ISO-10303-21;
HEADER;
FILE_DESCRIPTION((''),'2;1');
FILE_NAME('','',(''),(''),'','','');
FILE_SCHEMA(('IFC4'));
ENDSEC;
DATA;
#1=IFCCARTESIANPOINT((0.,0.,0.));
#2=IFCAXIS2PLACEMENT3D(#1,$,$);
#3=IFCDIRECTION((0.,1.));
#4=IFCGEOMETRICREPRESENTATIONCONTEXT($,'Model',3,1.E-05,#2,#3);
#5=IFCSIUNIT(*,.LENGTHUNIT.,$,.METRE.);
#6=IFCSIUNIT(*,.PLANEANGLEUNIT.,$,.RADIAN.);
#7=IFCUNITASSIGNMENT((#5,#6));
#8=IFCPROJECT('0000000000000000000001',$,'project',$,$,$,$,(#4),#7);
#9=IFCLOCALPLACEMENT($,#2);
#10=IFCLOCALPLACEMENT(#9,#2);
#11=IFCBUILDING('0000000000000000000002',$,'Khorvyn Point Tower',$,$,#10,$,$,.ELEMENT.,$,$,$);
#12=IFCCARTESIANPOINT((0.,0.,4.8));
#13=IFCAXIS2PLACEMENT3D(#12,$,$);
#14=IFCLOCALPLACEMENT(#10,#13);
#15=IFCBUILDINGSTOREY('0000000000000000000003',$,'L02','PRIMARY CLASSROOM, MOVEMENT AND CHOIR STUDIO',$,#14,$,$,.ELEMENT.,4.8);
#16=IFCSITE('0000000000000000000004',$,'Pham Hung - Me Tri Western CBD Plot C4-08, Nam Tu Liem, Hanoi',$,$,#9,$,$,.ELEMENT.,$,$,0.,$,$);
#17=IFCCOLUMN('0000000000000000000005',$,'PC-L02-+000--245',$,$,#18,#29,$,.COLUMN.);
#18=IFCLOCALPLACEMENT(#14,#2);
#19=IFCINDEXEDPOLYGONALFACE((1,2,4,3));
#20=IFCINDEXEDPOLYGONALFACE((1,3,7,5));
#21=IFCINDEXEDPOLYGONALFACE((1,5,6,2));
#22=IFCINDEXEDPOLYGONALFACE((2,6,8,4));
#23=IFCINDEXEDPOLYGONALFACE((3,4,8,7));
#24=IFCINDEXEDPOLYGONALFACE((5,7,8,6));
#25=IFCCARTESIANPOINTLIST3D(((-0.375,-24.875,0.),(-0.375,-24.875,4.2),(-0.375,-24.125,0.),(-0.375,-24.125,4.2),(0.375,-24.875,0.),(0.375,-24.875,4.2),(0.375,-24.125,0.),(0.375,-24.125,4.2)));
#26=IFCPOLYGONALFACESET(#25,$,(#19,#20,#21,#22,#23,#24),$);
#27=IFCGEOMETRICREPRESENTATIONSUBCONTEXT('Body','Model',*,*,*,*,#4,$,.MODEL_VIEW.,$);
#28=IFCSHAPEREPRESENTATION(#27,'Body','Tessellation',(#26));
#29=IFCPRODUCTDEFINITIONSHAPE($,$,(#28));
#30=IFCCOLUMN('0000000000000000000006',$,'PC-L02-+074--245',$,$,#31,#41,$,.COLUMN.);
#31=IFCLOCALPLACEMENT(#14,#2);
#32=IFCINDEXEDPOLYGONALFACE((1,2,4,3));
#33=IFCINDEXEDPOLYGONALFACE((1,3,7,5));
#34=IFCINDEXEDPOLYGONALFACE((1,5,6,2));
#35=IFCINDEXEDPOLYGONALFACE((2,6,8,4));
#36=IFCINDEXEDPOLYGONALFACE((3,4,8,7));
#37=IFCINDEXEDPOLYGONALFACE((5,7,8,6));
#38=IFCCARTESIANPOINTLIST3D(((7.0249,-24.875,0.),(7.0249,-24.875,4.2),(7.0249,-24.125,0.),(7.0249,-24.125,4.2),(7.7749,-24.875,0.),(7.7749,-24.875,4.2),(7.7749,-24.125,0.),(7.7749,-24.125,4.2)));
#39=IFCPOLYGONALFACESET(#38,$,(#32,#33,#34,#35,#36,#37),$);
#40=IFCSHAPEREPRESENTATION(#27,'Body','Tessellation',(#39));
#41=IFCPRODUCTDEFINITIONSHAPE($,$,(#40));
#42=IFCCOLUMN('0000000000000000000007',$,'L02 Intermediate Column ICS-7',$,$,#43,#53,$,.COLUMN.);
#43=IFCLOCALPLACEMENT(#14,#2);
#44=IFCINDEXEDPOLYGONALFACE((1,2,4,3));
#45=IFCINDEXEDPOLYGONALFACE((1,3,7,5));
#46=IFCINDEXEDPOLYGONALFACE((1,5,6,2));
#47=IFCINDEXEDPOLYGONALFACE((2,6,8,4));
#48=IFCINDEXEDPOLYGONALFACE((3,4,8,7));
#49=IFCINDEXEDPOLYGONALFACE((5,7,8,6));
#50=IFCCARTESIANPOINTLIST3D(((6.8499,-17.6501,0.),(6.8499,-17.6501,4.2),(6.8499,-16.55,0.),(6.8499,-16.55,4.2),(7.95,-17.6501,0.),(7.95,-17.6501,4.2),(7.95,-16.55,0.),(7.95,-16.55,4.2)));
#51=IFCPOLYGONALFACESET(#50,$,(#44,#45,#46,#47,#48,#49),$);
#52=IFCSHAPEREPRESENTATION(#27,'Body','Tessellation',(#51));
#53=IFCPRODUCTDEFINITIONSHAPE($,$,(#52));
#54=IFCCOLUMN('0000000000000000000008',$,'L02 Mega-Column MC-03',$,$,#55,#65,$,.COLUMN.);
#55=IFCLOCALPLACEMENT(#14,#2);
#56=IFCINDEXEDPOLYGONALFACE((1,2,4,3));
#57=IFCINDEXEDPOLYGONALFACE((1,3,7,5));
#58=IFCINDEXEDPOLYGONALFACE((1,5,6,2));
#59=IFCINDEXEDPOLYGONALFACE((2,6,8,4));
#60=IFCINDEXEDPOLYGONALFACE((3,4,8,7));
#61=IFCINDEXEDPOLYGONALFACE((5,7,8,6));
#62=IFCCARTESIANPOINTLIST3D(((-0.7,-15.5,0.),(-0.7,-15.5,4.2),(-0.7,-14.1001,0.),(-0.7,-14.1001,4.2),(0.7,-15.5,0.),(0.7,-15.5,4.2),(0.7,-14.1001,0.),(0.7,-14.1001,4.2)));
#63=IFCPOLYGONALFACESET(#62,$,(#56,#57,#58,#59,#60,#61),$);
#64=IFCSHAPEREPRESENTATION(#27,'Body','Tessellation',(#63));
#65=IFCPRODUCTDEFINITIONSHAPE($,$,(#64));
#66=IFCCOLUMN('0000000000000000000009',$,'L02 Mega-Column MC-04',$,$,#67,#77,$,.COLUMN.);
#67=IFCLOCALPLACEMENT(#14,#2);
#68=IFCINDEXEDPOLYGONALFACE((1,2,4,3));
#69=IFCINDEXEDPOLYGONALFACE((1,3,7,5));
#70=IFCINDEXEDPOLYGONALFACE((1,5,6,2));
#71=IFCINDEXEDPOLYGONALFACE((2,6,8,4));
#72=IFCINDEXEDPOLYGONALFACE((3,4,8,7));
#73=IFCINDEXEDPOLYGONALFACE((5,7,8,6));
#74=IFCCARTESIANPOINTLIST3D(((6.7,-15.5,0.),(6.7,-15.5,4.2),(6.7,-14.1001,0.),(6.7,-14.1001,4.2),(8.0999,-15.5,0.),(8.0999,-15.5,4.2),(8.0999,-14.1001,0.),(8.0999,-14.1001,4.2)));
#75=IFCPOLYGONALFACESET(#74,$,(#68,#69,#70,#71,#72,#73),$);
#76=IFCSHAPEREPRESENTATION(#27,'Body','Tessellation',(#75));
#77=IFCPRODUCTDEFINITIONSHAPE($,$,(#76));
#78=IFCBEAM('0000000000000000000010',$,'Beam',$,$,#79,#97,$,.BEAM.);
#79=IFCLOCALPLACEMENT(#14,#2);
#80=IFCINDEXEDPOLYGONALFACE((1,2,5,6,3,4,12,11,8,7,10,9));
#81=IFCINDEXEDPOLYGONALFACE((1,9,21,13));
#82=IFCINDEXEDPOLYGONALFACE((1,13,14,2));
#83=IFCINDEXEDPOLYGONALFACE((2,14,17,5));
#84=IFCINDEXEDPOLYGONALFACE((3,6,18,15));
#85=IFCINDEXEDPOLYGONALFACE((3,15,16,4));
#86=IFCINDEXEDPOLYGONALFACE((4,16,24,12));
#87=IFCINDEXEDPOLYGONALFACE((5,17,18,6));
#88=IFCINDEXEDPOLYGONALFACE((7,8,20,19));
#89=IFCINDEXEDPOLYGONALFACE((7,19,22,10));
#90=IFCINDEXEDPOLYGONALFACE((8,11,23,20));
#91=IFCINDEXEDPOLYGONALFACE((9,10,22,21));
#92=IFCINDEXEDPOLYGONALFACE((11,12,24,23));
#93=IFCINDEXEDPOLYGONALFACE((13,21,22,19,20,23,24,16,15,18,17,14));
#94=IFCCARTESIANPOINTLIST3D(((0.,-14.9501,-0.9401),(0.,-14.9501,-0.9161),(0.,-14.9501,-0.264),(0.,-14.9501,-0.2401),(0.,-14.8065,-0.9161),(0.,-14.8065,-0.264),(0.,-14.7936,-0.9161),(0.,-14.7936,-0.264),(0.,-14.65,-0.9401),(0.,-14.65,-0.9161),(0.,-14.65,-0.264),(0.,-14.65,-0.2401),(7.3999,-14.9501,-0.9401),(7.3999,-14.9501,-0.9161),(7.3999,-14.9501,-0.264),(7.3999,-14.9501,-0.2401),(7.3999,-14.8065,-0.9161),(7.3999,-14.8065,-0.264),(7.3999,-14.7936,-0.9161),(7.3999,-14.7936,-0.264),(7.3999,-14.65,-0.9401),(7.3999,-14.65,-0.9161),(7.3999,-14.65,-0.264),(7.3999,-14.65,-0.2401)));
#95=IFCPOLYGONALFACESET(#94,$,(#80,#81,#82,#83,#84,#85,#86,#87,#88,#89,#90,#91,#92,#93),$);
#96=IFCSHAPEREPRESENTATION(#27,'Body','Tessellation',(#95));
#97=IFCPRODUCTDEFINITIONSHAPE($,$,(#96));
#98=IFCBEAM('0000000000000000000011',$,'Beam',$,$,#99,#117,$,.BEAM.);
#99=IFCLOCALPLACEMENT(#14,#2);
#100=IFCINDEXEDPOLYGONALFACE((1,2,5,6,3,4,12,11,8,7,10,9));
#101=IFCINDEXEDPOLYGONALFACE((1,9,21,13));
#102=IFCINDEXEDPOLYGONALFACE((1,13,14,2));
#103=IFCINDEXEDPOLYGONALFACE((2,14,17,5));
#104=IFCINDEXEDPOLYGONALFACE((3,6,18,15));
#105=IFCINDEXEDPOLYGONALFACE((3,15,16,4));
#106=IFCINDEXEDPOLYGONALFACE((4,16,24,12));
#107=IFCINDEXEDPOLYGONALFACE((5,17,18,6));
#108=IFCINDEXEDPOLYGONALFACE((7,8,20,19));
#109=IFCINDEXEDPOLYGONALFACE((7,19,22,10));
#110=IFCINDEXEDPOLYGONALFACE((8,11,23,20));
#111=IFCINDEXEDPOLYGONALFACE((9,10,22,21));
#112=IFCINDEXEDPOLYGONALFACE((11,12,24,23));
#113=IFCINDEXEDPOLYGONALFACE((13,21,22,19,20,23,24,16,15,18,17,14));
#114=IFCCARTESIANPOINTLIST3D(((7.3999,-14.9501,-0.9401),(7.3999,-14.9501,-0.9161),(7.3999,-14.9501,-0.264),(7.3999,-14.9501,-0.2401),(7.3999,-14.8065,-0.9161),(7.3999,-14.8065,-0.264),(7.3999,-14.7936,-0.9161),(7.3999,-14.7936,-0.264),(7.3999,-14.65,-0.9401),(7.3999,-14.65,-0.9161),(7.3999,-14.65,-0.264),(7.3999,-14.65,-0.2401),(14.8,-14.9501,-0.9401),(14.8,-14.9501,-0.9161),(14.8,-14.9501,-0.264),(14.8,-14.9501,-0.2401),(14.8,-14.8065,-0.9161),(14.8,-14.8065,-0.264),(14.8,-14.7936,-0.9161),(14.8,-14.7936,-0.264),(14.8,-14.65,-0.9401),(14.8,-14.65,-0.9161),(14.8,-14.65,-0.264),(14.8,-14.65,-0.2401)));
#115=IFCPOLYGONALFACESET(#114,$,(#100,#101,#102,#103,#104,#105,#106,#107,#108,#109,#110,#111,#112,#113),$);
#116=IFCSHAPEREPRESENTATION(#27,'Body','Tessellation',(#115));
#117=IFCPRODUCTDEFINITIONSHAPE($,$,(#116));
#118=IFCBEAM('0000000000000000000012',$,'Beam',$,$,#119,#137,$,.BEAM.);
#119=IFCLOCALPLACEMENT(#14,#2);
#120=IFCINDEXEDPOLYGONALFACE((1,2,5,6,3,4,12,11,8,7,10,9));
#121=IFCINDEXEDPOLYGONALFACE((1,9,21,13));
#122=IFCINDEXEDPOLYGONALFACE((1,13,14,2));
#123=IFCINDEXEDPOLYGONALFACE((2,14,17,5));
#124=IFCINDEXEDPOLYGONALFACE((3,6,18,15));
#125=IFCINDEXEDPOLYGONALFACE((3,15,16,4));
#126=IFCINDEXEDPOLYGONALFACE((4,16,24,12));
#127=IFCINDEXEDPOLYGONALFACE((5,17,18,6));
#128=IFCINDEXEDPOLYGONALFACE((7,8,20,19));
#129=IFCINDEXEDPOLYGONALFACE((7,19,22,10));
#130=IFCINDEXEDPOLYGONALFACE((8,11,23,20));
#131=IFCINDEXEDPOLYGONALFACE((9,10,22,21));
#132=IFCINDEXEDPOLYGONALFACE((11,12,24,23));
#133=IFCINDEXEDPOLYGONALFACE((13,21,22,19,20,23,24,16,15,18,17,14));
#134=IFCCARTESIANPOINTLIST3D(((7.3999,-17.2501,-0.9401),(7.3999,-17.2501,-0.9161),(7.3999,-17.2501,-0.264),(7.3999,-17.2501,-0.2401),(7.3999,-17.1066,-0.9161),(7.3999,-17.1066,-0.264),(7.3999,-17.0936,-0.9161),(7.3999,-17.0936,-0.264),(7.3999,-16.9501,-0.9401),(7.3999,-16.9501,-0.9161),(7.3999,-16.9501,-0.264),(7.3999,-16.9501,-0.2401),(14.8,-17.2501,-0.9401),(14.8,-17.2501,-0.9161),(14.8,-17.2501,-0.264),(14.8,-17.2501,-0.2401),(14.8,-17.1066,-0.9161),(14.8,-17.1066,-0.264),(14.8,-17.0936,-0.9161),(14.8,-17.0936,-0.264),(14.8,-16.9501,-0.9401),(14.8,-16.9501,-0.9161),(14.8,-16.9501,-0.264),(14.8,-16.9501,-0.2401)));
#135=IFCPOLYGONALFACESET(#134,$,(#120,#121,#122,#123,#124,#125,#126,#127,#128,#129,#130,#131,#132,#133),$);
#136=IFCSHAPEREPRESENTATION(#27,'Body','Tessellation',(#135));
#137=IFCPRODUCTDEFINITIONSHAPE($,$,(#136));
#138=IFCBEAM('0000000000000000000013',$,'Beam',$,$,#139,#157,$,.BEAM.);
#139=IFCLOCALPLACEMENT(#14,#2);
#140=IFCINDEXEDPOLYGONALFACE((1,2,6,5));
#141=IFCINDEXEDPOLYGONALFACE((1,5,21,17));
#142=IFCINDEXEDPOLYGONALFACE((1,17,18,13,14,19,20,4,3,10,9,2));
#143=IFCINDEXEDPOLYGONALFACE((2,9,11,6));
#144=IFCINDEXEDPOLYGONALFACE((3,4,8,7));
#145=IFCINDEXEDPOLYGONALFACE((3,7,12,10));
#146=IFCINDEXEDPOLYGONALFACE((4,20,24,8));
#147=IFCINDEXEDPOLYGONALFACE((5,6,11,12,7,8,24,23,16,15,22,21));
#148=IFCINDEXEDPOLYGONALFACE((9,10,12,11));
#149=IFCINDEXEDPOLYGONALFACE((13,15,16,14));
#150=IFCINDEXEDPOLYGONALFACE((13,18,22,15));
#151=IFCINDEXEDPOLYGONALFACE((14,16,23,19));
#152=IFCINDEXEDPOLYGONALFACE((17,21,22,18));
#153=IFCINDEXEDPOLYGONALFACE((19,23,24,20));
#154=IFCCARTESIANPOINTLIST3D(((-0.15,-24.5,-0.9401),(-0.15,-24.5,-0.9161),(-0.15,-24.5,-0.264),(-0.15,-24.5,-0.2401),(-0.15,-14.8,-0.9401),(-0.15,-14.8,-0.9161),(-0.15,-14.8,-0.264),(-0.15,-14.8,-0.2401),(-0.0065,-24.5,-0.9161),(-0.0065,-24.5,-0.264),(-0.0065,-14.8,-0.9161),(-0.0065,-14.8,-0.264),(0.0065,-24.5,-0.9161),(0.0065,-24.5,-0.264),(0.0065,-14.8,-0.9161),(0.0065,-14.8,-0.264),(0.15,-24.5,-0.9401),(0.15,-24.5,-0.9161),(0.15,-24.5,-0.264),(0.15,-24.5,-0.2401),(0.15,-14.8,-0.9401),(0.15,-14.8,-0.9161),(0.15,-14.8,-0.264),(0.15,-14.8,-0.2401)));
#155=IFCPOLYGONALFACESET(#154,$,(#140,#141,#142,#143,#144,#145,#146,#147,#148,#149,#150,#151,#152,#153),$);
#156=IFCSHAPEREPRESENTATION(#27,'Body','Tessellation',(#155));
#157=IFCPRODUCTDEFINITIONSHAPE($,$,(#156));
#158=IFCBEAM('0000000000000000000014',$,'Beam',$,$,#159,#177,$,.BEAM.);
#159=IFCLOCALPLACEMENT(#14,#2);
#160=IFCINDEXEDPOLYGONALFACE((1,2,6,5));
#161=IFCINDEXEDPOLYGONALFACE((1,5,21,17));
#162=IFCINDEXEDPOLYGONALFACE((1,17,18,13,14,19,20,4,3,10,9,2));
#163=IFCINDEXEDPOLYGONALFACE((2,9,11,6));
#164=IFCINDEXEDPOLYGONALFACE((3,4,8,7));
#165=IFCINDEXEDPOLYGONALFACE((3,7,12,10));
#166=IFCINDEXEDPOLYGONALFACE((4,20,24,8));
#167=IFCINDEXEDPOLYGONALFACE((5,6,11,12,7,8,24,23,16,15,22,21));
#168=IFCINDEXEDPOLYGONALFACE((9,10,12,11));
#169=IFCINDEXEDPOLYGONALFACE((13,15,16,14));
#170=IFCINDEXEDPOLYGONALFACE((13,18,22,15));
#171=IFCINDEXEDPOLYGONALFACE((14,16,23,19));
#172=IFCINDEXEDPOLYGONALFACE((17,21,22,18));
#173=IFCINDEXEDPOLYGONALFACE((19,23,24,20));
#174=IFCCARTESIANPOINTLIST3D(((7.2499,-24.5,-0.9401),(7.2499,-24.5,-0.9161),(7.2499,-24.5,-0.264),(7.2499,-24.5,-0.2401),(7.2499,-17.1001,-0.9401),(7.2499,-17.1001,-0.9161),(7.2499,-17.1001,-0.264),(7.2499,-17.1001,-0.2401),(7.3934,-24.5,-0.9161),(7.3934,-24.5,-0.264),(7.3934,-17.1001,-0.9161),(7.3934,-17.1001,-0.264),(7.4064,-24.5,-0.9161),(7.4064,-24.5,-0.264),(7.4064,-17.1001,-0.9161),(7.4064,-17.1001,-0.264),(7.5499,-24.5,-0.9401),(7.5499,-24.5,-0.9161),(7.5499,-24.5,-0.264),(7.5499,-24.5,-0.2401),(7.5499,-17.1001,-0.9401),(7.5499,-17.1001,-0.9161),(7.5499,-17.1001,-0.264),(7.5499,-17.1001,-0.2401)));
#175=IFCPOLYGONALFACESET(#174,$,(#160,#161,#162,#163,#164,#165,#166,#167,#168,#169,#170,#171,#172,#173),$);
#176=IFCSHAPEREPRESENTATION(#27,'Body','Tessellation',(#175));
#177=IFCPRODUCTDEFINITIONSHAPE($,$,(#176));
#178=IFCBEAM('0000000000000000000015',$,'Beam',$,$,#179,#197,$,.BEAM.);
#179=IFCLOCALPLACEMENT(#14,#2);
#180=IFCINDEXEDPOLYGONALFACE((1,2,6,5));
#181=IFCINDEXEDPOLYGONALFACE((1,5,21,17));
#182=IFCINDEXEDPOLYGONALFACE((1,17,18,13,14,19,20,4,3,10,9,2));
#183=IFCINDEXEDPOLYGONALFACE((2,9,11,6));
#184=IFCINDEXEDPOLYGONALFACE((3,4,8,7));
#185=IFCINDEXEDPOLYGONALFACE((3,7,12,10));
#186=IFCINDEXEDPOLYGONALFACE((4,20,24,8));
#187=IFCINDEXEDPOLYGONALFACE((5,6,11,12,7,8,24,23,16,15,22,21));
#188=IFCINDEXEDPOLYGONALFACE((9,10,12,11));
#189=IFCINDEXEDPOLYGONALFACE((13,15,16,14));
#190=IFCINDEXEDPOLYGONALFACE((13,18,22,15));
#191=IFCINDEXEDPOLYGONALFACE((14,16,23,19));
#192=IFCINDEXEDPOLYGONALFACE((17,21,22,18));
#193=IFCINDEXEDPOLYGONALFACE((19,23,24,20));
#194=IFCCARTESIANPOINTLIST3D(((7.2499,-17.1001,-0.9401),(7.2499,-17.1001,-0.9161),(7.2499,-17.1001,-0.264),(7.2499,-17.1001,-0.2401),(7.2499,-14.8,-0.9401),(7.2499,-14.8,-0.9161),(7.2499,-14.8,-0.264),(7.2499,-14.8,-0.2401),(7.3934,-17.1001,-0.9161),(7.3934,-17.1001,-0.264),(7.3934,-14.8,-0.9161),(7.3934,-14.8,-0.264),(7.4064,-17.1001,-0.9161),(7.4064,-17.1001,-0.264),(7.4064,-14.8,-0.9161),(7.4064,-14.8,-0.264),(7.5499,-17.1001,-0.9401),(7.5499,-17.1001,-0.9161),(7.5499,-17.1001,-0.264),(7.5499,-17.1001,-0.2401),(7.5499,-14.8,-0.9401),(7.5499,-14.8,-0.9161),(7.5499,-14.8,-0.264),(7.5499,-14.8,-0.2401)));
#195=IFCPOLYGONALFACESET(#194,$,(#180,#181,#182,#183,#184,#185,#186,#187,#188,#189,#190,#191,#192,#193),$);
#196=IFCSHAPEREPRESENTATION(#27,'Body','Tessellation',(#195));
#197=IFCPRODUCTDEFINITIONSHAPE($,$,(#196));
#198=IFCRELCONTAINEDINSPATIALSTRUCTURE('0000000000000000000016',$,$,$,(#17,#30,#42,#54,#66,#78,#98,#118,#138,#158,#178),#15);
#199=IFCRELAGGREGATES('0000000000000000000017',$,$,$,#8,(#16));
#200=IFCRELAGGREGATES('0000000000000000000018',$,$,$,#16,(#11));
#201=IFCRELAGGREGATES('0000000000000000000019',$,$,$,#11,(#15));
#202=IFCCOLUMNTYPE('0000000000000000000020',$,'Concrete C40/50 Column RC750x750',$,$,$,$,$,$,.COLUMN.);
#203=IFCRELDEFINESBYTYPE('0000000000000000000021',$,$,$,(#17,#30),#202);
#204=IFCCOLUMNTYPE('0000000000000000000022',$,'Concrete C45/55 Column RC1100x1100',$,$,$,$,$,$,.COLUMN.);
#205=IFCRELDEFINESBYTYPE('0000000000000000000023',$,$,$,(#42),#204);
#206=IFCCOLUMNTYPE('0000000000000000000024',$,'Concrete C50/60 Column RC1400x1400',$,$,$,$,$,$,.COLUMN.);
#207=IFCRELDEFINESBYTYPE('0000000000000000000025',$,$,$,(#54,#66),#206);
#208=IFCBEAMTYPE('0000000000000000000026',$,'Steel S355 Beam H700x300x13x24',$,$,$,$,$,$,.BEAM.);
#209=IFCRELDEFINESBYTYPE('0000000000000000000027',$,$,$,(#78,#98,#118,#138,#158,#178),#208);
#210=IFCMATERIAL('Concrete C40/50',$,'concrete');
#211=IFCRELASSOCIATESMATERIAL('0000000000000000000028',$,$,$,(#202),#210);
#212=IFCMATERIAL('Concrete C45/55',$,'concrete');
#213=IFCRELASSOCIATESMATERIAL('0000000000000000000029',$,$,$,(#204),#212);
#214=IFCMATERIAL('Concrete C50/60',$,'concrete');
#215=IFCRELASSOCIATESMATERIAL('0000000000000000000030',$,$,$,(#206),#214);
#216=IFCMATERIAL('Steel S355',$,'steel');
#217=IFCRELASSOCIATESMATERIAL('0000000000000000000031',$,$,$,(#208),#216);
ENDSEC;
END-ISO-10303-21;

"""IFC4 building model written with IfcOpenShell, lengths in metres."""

from ifc_helpers import new_model, si_unit, direction, frame, origin, origin_2d, place, context, subcontext, project, spatial, rectangle, i_section, extrude, material, material_profile, profile_set, type_object, element, save


model = new_model("IFC4")

# Units and contexts
model_context = context("Model", 3, precision=1e-05, world=origin(), true_north=direction((0.0, 1.0)))
body_context = subcontext(model_context, "Body", "Model", "MODEL_VIEW")
ifc_project = project(units=[si_unit("LENGTHUNIT", "METRE"), si_unit("PLANEANGLEUNIT", "RADIAN")], contexts=[model_context])

# Site, building, storey
site_placement = place(None, origin())
site = spatial("IfcSite", under=ifc_project, at=site_placement, Name="Pham Hung - Me Tri Western CBD Plot C4-08, Nam Tu Liem, Hanoi", CompositionType="ELEMENT", RefElevation=0.0)
building_placement = place(site_placement, origin())
building = spatial("IfcBuilding", under=site, at=building_placement, Name="Khorvyn Point Tower", CompositionType="ELEMENT")
storey_placement = place(building_placement, frame((0.0, 0.0, 4.8)))
storey = spatial("IfcBuildingStorey", under=building, at=storey_placement, Name="L02", Description="PRIMARY CLASSROOM, MOVEMENT AND CHOIR STUDIO", CompositionType="ELEMENT", Elevation=4.8)

# Columns
ifc_material_1 = material(Name="Concrete C40/50", Category="concrete")
ifc_material_profile_1 = material_profile(ifc_material_1, rectangle(XDim=0.75, YDim=0.75, at=origin_2d()))
ifc_profile_set_1 = profile_set([ifc_material_profile_1], Name="Concrete C40/50 RC750x750")
column_type_1 = type_object("IfcColumnType", Name="Concrete C40/50 Column RC750x750", PredefinedType="COLUMN", material=ifc_profile_set_1)
for number, where, z_axis, x_axis, name in (
    (1, (0.0, -24.5, 0.0), (0.0, 0.0, 1.0), (1.0, 0.0, 0.0), "PC-L02-+000--245"),
    (2, (7.3999, -24.5, 0.0), (0.0, 0.0, 1.0), (1.0, 0.0, 0.0), "PC-L02-+074--245"),
):
    element("IfcColumn", number, at=place(storey_placement, frame(where, z_axis=z_axis, x_axis=x_axis)), inside=storey, type_object=column_type_1, Name=name, PredefinedType="COLUMN", context=body_context, shape_type="SweptSolid", body=[
        extrude(rectangle(XDim=0.75, YDim=0.75, at=origin_2d()), origin(), (0.0, 0.0, 1.0), 4.2),
    ])
ifc_material_2 = material(Name="Concrete C45/55", Category="concrete")
ifc_material_profile_2 = material_profile(ifc_material_2, rectangle(XDim=1.1001, YDim=1.1001, at=origin_2d()))
ifc_profile_set_2 = profile_set([ifc_material_profile_2], Name="Concrete C45/55 RC1100x1100")
column_type_2 = type_object("IfcColumnType", Name="Concrete C45/55 Column RC1100x1100", PredefinedType="COLUMN", material=ifc_profile_set_2)
column_placement = place(storey_placement, frame((7.3999, -17.1001, 0.0), z_axis=(0.0, 0.0, 1.0), x_axis=(1.0, 0.0, 0.0)))
element("IfcColumn", 3, at=column_placement, inside=storey, type_object=column_type_2, Name="L02 Intermediate Column ICS-7", PredefinedType="COLUMN", context=body_context, shape_type="SweptSolid", body=[
    extrude(rectangle(XDim=1.1001, YDim=1.1001, at=origin_2d()), origin(), (0.0, 0.0, 1.0), 4.2),
])
ifc_material_3 = material(Name="Concrete C50/60", Category="concrete")
ifc_material_profile_3 = material_profile(ifc_material_3, rectangle(XDim=1.3999, YDim=1.3999, at=origin_2d()))
ifc_profile_set_3 = profile_set([ifc_material_profile_3], Name="Concrete C50/60 RC1400x1400")
column_type_3 = type_object("IfcColumnType", Name="Concrete C50/60 Column RC1400x1400", PredefinedType="COLUMN", material=ifc_profile_set_3)
for number, where, z_axis, x_axis, name in (
    (4, (0.0, -14.8, 0.0), (0.0, 0.0, 1.0), (1.0, 0.0, 0.0), "L02 Mega-Column MC-03"),
    (5, (7.3999, -14.8, 0.0), (0.0, 0.0, 1.0), (1.0, 0.0, 0.0), "L02 Mega-Column MC-04"),
):
    element("IfcColumn", number, at=place(storey_placement, frame(where, z_axis=z_axis, x_axis=x_axis)), inside=storey, type_object=column_type_3, Name=name, PredefinedType="COLUMN", context=body_context, shape_type="SweptSolid", body=[
        extrude(rectangle(XDim=1.3999, YDim=1.3999, at=origin_2d()), origin(), (0.0, 0.0, 1.0), 4.2),
    ])

# Beams
ifc_material_4 = material(Name="Steel S355", Category="steel")
ifc_material_profile_4 = material_profile(ifc_material_4, i_section(OverallWidth=0.3, OverallDepth=0.7, WebThickness=0.0129, FlangeThickness=0.0239, at=origin_2d()))
ifc_profile_set_4 = profile_set([ifc_material_profile_4], Name="Steel S355 H700x300x13x24")
beam_type_1 = type_object("IfcBeamType", Name="Steel S355 Beam H700x300x13x24", PredefinedType="BEAM", material=ifc_profile_set_4)
beam_1_placement = place(storey_placement, frame((0.0, -14.8, -0.5901), z_axis=(1.0, 0.0, 0.0), x_axis=(0.0, 1.0, 0.0)))
element("IfcBeam", 6, at=beam_1_placement, inside=storey, type_object=beam_type_1, Name="Beam", PredefinedType="BEAM", context=body_context, shape_type="SweptSolid", body=[
    extrude(i_section(OverallWidth=0.3, OverallDepth=0.7, WebThickness=0.0129, FlangeThickness=0.0239, at=origin_2d()), origin(), (0.0, 0.0, 1.0), 7.3999),
])
for number, where, z_axis, x_axis, name in (
    (7, (7.3999, -14.8, -0.5901), (1.0, 0.0, 0.0), (0.0, 1.0, 0.0), "Beam"),
    (8, (7.3999, -17.1001, -0.5901), (1.0, 0.0, 0.0), (0.0, 1.0, 0.0), "Beam"),
):
    element("IfcBeam", number, at=place(storey_placement, frame(where, z_axis=z_axis, x_axis=x_axis)), inside=storey, type_object=beam_type_1, Name=name, PredefinedType="BEAM", context=body_context, shape_type="SweptSolid", body=[
        extrude(i_section(OverallWidth=0.3, OverallDepth=0.7, WebThickness=0.0129, FlangeThickness=0.0239, at=origin_2d()), origin(), (0.0, 0.0, 1.0), 7.4001),
    ])
beam_2_placement = place(storey_placement, frame((0.0, -24.5, -0.5901), z_axis=(0.0, 1.0, 0.0), x_axis=(-1.0, 0.0, 0.0)))
element("IfcBeam", 9, at=beam_2_placement, inside=storey, type_object=beam_type_1, Name="Beam", PredefinedType="BEAM", context=body_context, shape_type="SweptSolid", body=[
    extrude(i_section(OverallWidth=0.3, OverallDepth=0.7, WebThickness=0.0129, FlangeThickness=0.0239, at=origin_2d()), origin(), (0.0, 0.0, 1.0), 9.7),
])
beam_3_placement = place(storey_placement, frame((7.3999, -24.5, -0.5901), z_axis=(0.0, 1.0, 0.0), x_axis=(-1.0, 0.0, 0.0)))
element("IfcBeam", 10, at=beam_3_placement, inside=storey, type_object=beam_type_1, Name="Beam", PredefinedType="BEAM", context=body_context, shape_type="SweptSolid", body=[
    extrude(i_section(OverallWidth=0.3, OverallDepth=0.7, WebThickness=0.0129, FlangeThickness=0.0239, at=origin_2d()), origin(), (0.0, 0.0, 1.0), 7.3999),
])
beam_4_placement = place(storey_placement, frame((7.3999, -17.1001, -0.5901), z_axis=(0.0, 1.0, 0.0), x_axis=(-1.0, 0.0, 0.0)))
element("IfcBeam", 11, at=beam_4_placement, inside=storey, type_object=beam_type_1, Name="Beam", PredefinedType="BEAM", context=body_context, shape_type="SweptSolid", body=[
    extrude(i_section(OverallWidth=0.3, OverallDepth=0.7, WebThickness=0.0129, FlangeThickness=0.0239, at=origin_2d()), origin(), (0.0, 0.0, 1.0), 2.3),
])

save(model, "model.ifc")
